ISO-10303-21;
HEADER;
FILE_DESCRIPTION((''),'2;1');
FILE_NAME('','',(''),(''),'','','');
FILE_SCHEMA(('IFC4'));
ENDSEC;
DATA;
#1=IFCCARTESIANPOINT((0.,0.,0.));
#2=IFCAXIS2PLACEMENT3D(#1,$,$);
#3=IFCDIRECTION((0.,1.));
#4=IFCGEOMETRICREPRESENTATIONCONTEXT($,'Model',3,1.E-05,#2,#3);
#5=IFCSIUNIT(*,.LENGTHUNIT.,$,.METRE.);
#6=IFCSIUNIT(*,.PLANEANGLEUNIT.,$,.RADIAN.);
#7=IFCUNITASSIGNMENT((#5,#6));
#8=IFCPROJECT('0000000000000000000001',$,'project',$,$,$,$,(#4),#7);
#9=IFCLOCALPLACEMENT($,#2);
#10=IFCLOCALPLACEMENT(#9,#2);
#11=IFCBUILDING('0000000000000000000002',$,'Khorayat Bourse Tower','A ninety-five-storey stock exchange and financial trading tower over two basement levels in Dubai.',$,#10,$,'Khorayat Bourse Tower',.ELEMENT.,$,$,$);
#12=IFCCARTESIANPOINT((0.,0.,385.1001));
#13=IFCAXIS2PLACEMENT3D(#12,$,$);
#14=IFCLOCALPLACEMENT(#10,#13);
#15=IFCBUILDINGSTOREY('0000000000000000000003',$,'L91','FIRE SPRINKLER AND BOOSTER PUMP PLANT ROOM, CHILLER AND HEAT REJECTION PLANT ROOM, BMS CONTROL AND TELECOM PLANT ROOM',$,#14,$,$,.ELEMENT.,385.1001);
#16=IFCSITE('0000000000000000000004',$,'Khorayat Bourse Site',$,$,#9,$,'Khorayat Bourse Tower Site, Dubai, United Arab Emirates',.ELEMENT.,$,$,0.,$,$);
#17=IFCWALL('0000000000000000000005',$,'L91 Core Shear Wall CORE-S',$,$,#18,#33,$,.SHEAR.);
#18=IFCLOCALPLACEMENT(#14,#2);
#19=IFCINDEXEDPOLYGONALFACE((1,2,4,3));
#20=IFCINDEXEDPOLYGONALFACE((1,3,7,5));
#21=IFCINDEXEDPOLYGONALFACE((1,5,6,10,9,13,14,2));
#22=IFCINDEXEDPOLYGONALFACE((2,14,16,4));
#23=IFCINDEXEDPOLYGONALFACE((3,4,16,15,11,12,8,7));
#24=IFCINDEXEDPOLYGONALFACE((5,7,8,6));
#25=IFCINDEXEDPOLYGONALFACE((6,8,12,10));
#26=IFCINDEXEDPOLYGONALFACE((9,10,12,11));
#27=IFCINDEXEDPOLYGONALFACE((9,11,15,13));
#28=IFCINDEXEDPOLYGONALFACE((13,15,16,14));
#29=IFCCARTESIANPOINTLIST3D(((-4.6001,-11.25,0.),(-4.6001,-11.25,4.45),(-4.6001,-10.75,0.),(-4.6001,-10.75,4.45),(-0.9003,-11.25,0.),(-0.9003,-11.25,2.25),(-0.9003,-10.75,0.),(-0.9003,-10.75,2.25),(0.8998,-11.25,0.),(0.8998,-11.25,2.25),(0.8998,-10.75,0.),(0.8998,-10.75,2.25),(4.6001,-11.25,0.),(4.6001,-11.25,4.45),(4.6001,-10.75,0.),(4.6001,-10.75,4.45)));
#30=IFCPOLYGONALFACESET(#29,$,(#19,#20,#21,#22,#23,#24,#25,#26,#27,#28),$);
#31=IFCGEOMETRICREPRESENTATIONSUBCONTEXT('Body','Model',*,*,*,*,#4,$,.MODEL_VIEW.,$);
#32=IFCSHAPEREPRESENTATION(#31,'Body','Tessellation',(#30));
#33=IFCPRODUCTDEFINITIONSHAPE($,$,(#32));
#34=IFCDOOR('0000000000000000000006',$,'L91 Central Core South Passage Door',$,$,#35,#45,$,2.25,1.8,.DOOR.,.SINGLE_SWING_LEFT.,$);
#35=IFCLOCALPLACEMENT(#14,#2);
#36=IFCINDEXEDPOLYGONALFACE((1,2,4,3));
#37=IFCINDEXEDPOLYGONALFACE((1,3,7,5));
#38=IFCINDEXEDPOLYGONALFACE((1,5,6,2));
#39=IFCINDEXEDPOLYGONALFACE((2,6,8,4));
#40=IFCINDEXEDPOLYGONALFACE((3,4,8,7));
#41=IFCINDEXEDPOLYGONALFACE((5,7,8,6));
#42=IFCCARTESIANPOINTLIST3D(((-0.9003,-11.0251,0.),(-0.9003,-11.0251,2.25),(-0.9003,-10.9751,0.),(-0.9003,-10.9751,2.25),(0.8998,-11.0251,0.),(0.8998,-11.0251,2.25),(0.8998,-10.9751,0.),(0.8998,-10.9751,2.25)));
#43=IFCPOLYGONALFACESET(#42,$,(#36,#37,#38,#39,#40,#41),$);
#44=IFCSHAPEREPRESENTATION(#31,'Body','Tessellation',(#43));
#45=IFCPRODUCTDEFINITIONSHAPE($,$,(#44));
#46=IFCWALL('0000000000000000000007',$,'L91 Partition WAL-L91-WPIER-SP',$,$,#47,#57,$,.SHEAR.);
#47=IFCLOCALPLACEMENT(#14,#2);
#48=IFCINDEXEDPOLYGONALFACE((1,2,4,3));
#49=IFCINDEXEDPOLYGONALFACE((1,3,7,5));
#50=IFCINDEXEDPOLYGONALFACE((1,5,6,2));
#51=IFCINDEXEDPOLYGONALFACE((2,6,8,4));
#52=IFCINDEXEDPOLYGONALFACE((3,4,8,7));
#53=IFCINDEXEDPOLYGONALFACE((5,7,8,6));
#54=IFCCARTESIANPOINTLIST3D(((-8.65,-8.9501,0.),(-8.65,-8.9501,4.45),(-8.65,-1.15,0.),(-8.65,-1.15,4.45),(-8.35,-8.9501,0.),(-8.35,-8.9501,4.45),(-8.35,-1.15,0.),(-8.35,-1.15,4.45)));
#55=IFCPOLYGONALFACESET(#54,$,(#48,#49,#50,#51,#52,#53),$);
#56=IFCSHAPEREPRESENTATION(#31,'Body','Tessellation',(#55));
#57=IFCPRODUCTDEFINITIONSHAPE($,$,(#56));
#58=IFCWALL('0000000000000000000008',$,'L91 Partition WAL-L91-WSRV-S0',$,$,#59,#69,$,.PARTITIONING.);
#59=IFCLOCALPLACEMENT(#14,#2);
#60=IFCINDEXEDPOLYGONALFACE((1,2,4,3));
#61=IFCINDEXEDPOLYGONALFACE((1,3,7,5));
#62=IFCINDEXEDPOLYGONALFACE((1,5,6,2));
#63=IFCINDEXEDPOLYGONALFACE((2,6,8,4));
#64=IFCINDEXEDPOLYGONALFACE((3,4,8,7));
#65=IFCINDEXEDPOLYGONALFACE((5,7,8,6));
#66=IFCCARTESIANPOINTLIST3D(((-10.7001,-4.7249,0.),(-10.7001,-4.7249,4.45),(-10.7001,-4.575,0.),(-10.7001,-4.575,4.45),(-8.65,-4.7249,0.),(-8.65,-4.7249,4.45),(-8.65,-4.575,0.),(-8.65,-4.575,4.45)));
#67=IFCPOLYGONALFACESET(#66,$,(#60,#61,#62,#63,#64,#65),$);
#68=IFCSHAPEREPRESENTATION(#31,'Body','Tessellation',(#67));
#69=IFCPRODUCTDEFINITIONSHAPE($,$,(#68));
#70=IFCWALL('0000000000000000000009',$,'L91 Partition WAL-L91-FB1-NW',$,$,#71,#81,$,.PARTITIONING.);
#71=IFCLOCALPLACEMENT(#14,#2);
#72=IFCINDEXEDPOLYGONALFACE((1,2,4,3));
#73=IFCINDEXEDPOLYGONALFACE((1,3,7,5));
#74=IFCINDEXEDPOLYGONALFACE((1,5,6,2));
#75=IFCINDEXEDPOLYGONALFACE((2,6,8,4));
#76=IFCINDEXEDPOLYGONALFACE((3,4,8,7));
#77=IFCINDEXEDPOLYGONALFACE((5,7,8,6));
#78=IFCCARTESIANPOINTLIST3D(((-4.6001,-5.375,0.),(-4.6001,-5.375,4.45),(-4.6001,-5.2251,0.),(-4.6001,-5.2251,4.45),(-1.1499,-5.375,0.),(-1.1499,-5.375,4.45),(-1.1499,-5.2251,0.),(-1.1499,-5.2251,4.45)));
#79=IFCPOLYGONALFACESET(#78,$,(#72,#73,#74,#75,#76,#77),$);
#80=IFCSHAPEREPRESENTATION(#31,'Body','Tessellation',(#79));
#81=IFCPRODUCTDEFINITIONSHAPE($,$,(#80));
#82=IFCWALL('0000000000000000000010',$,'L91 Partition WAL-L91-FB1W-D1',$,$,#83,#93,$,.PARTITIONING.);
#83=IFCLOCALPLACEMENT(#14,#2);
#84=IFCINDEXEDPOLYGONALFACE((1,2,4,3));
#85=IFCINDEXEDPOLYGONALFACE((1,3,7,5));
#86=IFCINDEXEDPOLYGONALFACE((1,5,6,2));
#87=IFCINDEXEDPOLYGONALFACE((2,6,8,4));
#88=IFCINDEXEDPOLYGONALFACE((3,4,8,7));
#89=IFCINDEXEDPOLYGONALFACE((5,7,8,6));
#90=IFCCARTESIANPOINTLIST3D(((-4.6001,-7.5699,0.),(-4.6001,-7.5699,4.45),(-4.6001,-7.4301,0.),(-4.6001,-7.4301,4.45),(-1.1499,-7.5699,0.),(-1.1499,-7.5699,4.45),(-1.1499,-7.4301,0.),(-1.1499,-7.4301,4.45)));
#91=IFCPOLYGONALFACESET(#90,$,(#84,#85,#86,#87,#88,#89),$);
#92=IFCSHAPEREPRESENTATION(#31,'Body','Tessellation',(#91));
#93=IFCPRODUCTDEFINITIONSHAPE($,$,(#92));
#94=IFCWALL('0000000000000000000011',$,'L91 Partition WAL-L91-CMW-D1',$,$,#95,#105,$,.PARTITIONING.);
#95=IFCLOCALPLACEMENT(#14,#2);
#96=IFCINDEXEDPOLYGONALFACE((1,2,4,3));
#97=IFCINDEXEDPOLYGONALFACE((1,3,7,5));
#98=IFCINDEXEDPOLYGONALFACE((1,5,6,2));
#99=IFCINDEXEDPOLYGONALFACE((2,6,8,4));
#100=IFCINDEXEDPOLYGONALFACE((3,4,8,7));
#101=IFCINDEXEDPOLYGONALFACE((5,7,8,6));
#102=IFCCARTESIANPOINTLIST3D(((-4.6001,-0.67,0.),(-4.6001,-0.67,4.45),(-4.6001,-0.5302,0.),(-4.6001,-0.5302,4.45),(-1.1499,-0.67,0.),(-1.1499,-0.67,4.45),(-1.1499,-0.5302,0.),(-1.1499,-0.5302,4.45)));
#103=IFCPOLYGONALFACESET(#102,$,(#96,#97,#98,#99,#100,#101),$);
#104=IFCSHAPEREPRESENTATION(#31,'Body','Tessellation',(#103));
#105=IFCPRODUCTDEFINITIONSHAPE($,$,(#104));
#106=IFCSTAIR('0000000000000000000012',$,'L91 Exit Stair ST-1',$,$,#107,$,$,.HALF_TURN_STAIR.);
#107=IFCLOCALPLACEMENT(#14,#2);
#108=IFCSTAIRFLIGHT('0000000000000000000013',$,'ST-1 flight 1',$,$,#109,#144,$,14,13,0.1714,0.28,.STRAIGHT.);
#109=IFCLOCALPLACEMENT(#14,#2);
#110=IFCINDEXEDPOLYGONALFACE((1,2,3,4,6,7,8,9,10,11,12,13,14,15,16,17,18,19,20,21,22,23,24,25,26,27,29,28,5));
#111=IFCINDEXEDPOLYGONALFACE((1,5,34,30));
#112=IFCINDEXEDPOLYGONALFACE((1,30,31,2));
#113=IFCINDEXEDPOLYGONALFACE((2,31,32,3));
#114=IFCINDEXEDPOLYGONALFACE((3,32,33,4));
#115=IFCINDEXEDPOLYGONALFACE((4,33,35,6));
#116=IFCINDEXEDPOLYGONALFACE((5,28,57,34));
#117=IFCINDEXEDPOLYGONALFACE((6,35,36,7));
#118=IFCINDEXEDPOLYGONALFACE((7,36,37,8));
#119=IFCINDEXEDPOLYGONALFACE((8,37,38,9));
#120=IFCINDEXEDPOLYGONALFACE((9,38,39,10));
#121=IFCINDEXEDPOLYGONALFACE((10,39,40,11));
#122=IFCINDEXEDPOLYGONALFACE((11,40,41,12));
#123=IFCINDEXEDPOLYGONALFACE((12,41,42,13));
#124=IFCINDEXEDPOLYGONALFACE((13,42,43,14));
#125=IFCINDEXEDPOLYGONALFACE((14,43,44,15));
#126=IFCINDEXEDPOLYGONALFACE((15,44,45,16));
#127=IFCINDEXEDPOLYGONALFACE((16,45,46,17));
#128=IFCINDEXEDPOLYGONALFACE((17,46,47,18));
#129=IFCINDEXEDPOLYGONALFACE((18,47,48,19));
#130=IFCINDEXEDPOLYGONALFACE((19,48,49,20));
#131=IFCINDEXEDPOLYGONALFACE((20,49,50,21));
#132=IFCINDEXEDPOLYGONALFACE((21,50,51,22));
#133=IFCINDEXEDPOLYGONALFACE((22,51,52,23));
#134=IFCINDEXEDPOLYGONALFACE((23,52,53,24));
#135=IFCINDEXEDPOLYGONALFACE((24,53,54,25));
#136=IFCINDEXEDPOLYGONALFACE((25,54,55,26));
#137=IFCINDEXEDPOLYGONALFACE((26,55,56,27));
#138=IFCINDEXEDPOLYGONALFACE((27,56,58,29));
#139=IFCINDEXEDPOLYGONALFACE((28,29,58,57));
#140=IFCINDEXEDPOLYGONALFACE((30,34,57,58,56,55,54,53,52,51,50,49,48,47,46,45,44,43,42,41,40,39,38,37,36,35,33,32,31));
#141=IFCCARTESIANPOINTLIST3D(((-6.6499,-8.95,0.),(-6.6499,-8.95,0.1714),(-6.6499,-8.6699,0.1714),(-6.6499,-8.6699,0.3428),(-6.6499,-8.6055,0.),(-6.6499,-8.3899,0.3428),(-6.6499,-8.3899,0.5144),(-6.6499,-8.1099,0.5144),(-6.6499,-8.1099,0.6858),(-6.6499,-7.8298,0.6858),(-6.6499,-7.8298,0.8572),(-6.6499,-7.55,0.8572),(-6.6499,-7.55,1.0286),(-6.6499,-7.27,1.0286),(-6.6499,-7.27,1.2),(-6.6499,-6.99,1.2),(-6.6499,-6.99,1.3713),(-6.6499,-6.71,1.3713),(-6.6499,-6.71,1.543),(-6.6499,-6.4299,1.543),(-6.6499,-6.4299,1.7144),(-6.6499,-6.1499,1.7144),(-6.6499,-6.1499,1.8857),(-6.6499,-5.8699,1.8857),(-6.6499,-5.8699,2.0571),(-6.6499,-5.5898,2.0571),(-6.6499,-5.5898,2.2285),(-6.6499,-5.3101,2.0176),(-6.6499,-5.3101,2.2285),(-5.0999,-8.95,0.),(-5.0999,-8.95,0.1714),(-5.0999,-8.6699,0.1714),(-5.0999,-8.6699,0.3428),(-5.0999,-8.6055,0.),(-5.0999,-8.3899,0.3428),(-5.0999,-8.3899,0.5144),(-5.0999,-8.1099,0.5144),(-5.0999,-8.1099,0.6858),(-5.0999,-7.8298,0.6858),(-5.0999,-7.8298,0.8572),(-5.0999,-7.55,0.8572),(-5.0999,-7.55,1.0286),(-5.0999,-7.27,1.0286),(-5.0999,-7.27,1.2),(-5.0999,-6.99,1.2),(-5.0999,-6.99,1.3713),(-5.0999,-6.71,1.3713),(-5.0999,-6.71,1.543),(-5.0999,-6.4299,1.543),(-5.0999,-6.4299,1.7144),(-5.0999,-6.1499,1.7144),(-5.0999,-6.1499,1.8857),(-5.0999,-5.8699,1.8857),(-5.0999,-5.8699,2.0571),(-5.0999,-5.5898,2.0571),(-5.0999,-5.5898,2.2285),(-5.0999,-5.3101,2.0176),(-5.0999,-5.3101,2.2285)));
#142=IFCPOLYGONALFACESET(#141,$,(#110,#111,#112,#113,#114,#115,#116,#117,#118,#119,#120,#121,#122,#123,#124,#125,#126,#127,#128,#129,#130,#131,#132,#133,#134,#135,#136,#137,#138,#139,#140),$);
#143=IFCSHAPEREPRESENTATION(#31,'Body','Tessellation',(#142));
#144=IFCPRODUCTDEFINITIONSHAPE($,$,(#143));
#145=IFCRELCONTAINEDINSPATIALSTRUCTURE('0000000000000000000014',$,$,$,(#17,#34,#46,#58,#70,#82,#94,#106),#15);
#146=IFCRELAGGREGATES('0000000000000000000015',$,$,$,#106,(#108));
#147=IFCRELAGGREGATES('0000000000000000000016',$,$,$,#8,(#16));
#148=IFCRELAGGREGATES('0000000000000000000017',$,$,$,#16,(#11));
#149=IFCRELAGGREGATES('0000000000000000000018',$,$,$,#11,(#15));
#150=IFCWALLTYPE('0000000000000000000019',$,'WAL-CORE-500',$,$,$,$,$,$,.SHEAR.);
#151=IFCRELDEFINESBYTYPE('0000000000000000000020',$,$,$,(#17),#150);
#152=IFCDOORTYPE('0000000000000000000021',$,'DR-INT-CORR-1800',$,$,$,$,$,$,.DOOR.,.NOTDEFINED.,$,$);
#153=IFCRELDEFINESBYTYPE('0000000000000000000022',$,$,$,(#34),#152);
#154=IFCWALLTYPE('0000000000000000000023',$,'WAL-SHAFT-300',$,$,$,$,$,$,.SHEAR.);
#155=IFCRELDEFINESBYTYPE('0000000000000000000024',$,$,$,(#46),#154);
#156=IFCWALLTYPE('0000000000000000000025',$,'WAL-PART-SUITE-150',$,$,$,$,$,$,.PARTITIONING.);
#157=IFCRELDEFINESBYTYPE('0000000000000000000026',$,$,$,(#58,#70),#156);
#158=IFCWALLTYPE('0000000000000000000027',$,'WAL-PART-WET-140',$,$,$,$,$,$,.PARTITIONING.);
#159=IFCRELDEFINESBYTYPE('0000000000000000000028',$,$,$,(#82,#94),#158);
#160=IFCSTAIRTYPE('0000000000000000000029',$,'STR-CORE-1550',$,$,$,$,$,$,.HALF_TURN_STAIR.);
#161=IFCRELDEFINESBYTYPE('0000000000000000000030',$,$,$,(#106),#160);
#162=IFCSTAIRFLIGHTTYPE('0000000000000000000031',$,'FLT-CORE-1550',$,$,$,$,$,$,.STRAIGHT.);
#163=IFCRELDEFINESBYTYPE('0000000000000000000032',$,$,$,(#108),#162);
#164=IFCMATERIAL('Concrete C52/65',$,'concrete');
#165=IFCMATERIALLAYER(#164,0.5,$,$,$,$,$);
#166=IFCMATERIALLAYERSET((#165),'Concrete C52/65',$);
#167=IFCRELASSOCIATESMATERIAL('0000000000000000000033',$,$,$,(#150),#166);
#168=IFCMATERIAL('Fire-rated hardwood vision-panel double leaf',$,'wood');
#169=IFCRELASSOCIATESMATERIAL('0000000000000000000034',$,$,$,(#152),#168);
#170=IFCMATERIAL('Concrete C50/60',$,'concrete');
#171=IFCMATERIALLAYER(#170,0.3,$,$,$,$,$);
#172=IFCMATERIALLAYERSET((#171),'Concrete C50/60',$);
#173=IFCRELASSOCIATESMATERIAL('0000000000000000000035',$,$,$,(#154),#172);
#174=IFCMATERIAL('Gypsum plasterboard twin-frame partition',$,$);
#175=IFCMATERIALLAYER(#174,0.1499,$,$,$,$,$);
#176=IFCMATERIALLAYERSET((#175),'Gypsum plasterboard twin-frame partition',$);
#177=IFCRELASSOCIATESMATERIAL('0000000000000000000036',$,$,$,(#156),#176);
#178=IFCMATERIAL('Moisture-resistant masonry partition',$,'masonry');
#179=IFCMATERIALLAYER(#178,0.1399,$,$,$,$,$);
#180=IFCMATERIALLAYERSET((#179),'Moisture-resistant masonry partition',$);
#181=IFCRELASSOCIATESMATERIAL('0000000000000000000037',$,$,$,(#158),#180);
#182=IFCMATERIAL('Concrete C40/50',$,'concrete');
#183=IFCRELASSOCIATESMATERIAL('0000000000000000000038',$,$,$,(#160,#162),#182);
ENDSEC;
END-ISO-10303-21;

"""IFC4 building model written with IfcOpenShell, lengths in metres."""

from ifc_helpers import new_model, si_unit, direction, frame, frame_2d, origin, place, context, subcontext, project, spatial, polyline, rectangle, outline, extrude, source, transform, mapped, material, layer, layer_set, type_object, element, fill, aggregate, save


model = new_model("IFC4")

# Units and contexts
model_context = context("Model", 3, precision=1e-05, world=origin(), true_north=direction((0.0, 1.0)))
body_context = subcontext(model_context, "Body", "Model", "MODEL_VIEW")
ifc_project = project(units=[si_unit("LENGTHUNIT", "METRE"), si_unit("PLANEANGLEUNIT", "RADIAN")], contexts=[model_context])

# Site, building, storey
site_placement = place(None, origin())
site = spatial("IfcSite", under=ifc_project, at=site_placement, Name="Khorayat Bourse Site", LongName="Khorayat Bourse Tower Site, Dubai, United Arab Emirates", CompositionType="ELEMENT", RefElevation=0.0)
building_placement = place(site_placement, origin())
building = spatial("IfcBuilding", under=site, at=building_placement, Name="Khorayat Bourse Tower", Description="A ninety-five-storey stock exchange and financial trading tower over two basement levels in Dubai.", LongName="Khorayat Bourse Tower", CompositionType="ELEMENT")
storey_placement = place(building_placement, frame((0.0, 0.0, 385.1001)))
storey = spatial("IfcBuildingStorey", under=building, at=storey_placement, Name="L91", Description="FIRE SPRINKLER AND BOOSTER PUMP PLANT ROOM, CHILLER AND HEAT REJECTION PLANT ROOM, BMS CONTROL AND TELECOM PLANT ROOM", CompositionType="ELEMENT", Elevation=385.1001)

# Shared definitions
ifc_material_1 = material(Name="Concrete C52/65", Category="concrete")

# Shared definitions
ifc_layer_1 = layer(ifc_material_1, 0.5)
ifc_layer_set_1 = layer_set([ifc_layer_1], Name="Concrete C52/65")
wall_type_1 = type_object("IfcWallType", Name="WAL-CORE-500", PredefinedType="SHEAR", material=ifc_layer_set_1)

# Wall, opening, door
shared_shape_1 = source(origin(), body_context, "Body", "SweptSolid", [
    extrude(rectangle(XDim=9.2002, YDim=0.5, at=frame_2d((4.6001, 0.0))), origin(), (0.0, 0.0, 1.0), 4.45),
])
wall_1_placement = place(storey_placement, frame((-4.6001, -11.0, 0.0), z_axis=(0.0, 0.0, 1.0), x_axis=(1.0, 0.0, 0.0)))
wall_1 = element("IfcWall", 1, at=wall_1_placement, inside=storey, type_object=wall_type_1, Name="L91 Core Shear Wall CORE-S", PredefinedType="SHEAR", context=body_context, shape_type="MappedRepresentation", body=[
    mapped(shared_shape_1, transform((0.0, 0.0, 0.0), scale=1.0)),
])
shared_shape_2 = source(origin(), body_context, "Body", "SweptSolid", [
    extrude(rectangle(XDim=1.8, YDim=2.25, at=frame_2d((0.8999, 1.125))), frame((0.0, 0.26, 0.0), z_axis=(0.0, -1.0, 0.0), x_axis=(1.0, 0.0, 0.0)), (0.0, 0.0, 1.0), 0.52),
])
opening_1_placement = place(wall_1_placement, frame((3.7, 0.0, 0.0)))
opening_1 = element("IfcOpeningElement", 2, at=opening_1_placement, cuts=wall_1, PredefinedType="OPENING", context=body_context, shape_type="MappedRepresentation", body=[
    mapped(shared_shape_2, transform((0.0, 0.0, 0.0), scale=1.0)),
])
ifc_material_2 = material(Name="Fire-rated hardwood vision-panel double leaf", Category="wood")
door_type_1 = type_object("IfcDoorType", Name="DR-INT-CORR-1800", OperationType="NOTDEFINED", PredefinedType="DOOR", material=ifc_material_2)
shared_shape_3 = source(origin(), body_context, "Body", "SweptSolid", [
    extrude(rectangle(XDim=1.8, YDim=2.25, at=frame_2d((0.8999, 1.125))), frame((0.0, 0.0249, 0.0), z_axis=(0.0, -1.0, 0.0), x_axis=(1.0, 0.0, 0.0)), (0.0, 0.0, 1.0), 0.05),
])
door_1_placement = place(opening_1_placement, origin())
door_1 = element("IfcDoor", 3, at=door_1_placement, inside=storey, type_object=door_type_1, Name="L91 Central Core South Passage Door", OperationType="SINGLE_SWING_LEFT", OverallHeight=2.25, OverallWidth=1.8, PredefinedType="DOOR", context=body_context, shape_type="MappedRepresentation", body=[
    mapped(shared_shape_3, transform((0.0, 0.0, 0.0), scale=1.0)),
])
fill(opening_1, door_1)

# Walls
ifc_material_3 = material(Name="Concrete C50/60", Category="concrete")
ifc_layer_2 = layer(ifc_material_3, 0.3)
ifc_layer_set_2 = layer_set([ifc_layer_2], Name="Concrete C50/60")
wall_type_2 = type_object("IfcWallType", Name="WAL-SHAFT-300", PredefinedType="SHEAR", material=ifc_layer_set_2)
shared_shape_4 = source(origin(), body_context, "Body", "SweptSolid", [
    extrude(rectangle(XDim=7.8, YDim=0.3, at=frame_2d((3.8999, 0.0))), origin(), (0.0, 0.0, 1.0), 4.45),
])
wall_2_placement = place(storey_placement, frame((-8.5, -8.95, 0.0), z_axis=(0.0, 0.0, 1.0), x_axis=(0.0, 1.0, 0.0)))
element("IfcWall", 4, at=wall_2_placement, inside=storey, type_object=wall_type_2, Name="L91 Partition WAL-L91-WPIER-SP", PredefinedType="SHEAR", context=body_context, shape_type="MappedRepresentation", body=[
    mapped(shared_shape_4, transform((0.0, 0.0, 0.0), scale=1.0)),
])
ifc_material_4 = material(Name="Gypsum plasterboard twin-frame partition")
ifc_layer_3 = layer(ifc_material_4, 0.1499)
ifc_layer_set_3 = layer_set([ifc_layer_3], Name="Gypsum plasterboard twin-frame partition")
wall_type_3 = type_object("IfcWallType", Name="WAL-PART-SUITE-150", PredefinedType="PARTITIONING", material=ifc_layer_set_3)
shared_shape_5 = source(origin(), body_context, "Body", "SweptSolid", [
    extrude(rectangle(XDim=2.05, YDim=0.1499, at=frame_2d((1.0249, 0.0))), origin(), (0.0, 0.0, 1.0), 4.45),
])
wall_3_placement = place(storey_placement, frame((-10.7, -4.6499, 0.0), z_axis=(0.0, 0.0, 1.0), x_axis=(1.0, 0.0, 0.0)))
element("IfcWall", 5, at=wall_3_placement, inside=storey, type_object=wall_type_3, Name="L91 Partition WAL-L91-WSRV-S0", PredefinedType="PARTITIONING", context=body_context, shape_type="MappedRepresentation", body=[
    mapped(shared_shape_5, transform((0.0, 0.0, 0.0), scale=1.0)),
])
shared_shape_6 = source(origin(), body_context, "Body", "SweptSolid", [
    extrude(rectangle(XDim=3.4502, YDim=0.1499, at=frame_2d((1.7251, 0.0))), origin(), (0.0, 0.0, 1.0), 4.45),
])
wall_4_placement = place(storey_placement, frame((-4.6001, -5.3, 0.0), z_axis=(0.0, 0.0, 1.0), x_axis=(1.0, 0.0, 0.0)))
element("IfcWall", 6, at=wall_4_placement, inside=storey, type_object=wall_type_3, Name="L91 Partition WAL-L91-FB1-NW", PredefinedType="PARTITIONING", context=body_context, shape_type="MappedRepresentation", body=[
    mapped(shared_shape_6, transform((0.0, 0.0, 0.0), scale=1.0)),
])
ifc_material_5 = material(Name="Moisture-resistant masonry partition", Category="masonry")
ifc_layer_4 = layer(ifc_material_5, 0.1399)
ifc_layer_set_4 = layer_set([ifc_layer_4], Name="Moisture-resistant masonry partition")
wall_type_4 = type_object("IfcWallType", Name="WAL-PART-WET-140", PredefinedType="PARTITIONING", material=ifc_layer_set_4)
shared_shape_7 = source(origin(), body_context, "Body", "SweptSolid", [
    extrude(rectangle(XDim=3.4502, YDim=0.1399, at=frame_2d((1.7251, 0.0))), origin(), (0.0, 0.0, 1.0), 4.45),
])
for number, where, z_axis, x_axis, name in (
    (7, (-4.6001, -7.5, 0.0), (0.0, 0.0, 1.0), (1.0, 0.0, 0.0), "L91 Partition WAL-L91-FB1W-D1"),
    (8, (-4.6001, -0.6001, 0.0), (0.0, 0.0, 1.0), (1.0, 0.0, 0.0), "L91 Partition WAL-L91-CMW-D1"),
):
    element("IfcWall", number, at=place(storey_placement, frame(where, z_axis=z_axis, x_axis=x_axis)), inside=storey, type_object=wall_type_4, Name=name, PredefinedType="PARTITIONING", context=body_context, shape_type="MappedRepresentation", body=[
        mapped(shared_shape_7, transform((0.0, 0.0, 0.0), scale=1.0)),
    ])

# Stair, stair flight
ifc_material_6 = material(Name="Concrete C40/50", Category="concrete")
stair_type = type_object("IfcStairType", Name="STR-CORE-1550", PredefinedType="HALF_TURN_STAIR", material=ifc_material_6)
stair_placement = place(storey_placement, origin())
stair = element("IfcStair", 9, at=stair_placement, inside=storey, type_object=stair_type, Name="L91 Exit Stair ST-1", PredefinedType="HALF_TURN_STAIR")
stair_flight_type = type_object("IfcStairFlightType", Name="FLT-CORE-1550", PredefinedType="STRAIGHT", material=ifc_material_6)
shared_shape_8 = source(origin(), body_context, "Body", "SweptSolid", [
    extrude(outline(polyline([(0.0, 0.0), (0.0, 0.1714), (0.28, 0.1714), (0.28, 0.3428), (0.5601, 0.3428), (0.5601, 0.5144), (0.8401, 0.5144), (0.8401, 0.6858), (1.1201, 0.6858), (1.1201, 0.8572), (1.3999, 0.8572), (1.3999, 1.0286), (1.6799, 1.0286), (1.6799, 1.2), (1.96, 1.2), (1.96, 1.3713), (2.24, 1.3713), (2.24, 1.543), (2.52, 1.543), (2.52, 1.7144), (2.8, 1.7144), (2.8, 1.8857), (3.0801, 1.8857), (3.0801, 2.0571), (3.3601, 2.0571), (3.3601, 2.2285), (3.6399, 2.2285), (3.6399, 2.3999), (3.6399, 2.0176), (0.3445, 0.0), (0.0, 0.0)])), frame((0.0, 0.7749, 0.0), z_axis=(0.0, -1.0, 0.0), x_axis=(1.0, 0.0, 0.0)), (0.0, 0.0, 1.0), 1.55),
])
stair_flight_1_placement = place(storey_placement, frame((-5.875, -8.95, 0.0), z_axis=(0.0, 0.0, 1.0), x_axis=(0.0, 1.0, 0.0)))
stair_flight_1 = element("IfcStairFlight", 10, at=stair_flight_1_placement, type_object=stair_flight_type, Name="ST-1 flight 1", NumberOfRisers=14, NumberOfTreads=13, PredefinedType="STRAIGHT", RiserHeight=0.1714, TreadLength=0.28, context=body_context, shape_type="MappedRepresentation", body=[
    mapped(shared_shape_8, transform((0.0, 0.0, 0.0), scale=1.0)),
])
aggregate(stair, [stair_flight_1])

save(model, "model.ifc")
